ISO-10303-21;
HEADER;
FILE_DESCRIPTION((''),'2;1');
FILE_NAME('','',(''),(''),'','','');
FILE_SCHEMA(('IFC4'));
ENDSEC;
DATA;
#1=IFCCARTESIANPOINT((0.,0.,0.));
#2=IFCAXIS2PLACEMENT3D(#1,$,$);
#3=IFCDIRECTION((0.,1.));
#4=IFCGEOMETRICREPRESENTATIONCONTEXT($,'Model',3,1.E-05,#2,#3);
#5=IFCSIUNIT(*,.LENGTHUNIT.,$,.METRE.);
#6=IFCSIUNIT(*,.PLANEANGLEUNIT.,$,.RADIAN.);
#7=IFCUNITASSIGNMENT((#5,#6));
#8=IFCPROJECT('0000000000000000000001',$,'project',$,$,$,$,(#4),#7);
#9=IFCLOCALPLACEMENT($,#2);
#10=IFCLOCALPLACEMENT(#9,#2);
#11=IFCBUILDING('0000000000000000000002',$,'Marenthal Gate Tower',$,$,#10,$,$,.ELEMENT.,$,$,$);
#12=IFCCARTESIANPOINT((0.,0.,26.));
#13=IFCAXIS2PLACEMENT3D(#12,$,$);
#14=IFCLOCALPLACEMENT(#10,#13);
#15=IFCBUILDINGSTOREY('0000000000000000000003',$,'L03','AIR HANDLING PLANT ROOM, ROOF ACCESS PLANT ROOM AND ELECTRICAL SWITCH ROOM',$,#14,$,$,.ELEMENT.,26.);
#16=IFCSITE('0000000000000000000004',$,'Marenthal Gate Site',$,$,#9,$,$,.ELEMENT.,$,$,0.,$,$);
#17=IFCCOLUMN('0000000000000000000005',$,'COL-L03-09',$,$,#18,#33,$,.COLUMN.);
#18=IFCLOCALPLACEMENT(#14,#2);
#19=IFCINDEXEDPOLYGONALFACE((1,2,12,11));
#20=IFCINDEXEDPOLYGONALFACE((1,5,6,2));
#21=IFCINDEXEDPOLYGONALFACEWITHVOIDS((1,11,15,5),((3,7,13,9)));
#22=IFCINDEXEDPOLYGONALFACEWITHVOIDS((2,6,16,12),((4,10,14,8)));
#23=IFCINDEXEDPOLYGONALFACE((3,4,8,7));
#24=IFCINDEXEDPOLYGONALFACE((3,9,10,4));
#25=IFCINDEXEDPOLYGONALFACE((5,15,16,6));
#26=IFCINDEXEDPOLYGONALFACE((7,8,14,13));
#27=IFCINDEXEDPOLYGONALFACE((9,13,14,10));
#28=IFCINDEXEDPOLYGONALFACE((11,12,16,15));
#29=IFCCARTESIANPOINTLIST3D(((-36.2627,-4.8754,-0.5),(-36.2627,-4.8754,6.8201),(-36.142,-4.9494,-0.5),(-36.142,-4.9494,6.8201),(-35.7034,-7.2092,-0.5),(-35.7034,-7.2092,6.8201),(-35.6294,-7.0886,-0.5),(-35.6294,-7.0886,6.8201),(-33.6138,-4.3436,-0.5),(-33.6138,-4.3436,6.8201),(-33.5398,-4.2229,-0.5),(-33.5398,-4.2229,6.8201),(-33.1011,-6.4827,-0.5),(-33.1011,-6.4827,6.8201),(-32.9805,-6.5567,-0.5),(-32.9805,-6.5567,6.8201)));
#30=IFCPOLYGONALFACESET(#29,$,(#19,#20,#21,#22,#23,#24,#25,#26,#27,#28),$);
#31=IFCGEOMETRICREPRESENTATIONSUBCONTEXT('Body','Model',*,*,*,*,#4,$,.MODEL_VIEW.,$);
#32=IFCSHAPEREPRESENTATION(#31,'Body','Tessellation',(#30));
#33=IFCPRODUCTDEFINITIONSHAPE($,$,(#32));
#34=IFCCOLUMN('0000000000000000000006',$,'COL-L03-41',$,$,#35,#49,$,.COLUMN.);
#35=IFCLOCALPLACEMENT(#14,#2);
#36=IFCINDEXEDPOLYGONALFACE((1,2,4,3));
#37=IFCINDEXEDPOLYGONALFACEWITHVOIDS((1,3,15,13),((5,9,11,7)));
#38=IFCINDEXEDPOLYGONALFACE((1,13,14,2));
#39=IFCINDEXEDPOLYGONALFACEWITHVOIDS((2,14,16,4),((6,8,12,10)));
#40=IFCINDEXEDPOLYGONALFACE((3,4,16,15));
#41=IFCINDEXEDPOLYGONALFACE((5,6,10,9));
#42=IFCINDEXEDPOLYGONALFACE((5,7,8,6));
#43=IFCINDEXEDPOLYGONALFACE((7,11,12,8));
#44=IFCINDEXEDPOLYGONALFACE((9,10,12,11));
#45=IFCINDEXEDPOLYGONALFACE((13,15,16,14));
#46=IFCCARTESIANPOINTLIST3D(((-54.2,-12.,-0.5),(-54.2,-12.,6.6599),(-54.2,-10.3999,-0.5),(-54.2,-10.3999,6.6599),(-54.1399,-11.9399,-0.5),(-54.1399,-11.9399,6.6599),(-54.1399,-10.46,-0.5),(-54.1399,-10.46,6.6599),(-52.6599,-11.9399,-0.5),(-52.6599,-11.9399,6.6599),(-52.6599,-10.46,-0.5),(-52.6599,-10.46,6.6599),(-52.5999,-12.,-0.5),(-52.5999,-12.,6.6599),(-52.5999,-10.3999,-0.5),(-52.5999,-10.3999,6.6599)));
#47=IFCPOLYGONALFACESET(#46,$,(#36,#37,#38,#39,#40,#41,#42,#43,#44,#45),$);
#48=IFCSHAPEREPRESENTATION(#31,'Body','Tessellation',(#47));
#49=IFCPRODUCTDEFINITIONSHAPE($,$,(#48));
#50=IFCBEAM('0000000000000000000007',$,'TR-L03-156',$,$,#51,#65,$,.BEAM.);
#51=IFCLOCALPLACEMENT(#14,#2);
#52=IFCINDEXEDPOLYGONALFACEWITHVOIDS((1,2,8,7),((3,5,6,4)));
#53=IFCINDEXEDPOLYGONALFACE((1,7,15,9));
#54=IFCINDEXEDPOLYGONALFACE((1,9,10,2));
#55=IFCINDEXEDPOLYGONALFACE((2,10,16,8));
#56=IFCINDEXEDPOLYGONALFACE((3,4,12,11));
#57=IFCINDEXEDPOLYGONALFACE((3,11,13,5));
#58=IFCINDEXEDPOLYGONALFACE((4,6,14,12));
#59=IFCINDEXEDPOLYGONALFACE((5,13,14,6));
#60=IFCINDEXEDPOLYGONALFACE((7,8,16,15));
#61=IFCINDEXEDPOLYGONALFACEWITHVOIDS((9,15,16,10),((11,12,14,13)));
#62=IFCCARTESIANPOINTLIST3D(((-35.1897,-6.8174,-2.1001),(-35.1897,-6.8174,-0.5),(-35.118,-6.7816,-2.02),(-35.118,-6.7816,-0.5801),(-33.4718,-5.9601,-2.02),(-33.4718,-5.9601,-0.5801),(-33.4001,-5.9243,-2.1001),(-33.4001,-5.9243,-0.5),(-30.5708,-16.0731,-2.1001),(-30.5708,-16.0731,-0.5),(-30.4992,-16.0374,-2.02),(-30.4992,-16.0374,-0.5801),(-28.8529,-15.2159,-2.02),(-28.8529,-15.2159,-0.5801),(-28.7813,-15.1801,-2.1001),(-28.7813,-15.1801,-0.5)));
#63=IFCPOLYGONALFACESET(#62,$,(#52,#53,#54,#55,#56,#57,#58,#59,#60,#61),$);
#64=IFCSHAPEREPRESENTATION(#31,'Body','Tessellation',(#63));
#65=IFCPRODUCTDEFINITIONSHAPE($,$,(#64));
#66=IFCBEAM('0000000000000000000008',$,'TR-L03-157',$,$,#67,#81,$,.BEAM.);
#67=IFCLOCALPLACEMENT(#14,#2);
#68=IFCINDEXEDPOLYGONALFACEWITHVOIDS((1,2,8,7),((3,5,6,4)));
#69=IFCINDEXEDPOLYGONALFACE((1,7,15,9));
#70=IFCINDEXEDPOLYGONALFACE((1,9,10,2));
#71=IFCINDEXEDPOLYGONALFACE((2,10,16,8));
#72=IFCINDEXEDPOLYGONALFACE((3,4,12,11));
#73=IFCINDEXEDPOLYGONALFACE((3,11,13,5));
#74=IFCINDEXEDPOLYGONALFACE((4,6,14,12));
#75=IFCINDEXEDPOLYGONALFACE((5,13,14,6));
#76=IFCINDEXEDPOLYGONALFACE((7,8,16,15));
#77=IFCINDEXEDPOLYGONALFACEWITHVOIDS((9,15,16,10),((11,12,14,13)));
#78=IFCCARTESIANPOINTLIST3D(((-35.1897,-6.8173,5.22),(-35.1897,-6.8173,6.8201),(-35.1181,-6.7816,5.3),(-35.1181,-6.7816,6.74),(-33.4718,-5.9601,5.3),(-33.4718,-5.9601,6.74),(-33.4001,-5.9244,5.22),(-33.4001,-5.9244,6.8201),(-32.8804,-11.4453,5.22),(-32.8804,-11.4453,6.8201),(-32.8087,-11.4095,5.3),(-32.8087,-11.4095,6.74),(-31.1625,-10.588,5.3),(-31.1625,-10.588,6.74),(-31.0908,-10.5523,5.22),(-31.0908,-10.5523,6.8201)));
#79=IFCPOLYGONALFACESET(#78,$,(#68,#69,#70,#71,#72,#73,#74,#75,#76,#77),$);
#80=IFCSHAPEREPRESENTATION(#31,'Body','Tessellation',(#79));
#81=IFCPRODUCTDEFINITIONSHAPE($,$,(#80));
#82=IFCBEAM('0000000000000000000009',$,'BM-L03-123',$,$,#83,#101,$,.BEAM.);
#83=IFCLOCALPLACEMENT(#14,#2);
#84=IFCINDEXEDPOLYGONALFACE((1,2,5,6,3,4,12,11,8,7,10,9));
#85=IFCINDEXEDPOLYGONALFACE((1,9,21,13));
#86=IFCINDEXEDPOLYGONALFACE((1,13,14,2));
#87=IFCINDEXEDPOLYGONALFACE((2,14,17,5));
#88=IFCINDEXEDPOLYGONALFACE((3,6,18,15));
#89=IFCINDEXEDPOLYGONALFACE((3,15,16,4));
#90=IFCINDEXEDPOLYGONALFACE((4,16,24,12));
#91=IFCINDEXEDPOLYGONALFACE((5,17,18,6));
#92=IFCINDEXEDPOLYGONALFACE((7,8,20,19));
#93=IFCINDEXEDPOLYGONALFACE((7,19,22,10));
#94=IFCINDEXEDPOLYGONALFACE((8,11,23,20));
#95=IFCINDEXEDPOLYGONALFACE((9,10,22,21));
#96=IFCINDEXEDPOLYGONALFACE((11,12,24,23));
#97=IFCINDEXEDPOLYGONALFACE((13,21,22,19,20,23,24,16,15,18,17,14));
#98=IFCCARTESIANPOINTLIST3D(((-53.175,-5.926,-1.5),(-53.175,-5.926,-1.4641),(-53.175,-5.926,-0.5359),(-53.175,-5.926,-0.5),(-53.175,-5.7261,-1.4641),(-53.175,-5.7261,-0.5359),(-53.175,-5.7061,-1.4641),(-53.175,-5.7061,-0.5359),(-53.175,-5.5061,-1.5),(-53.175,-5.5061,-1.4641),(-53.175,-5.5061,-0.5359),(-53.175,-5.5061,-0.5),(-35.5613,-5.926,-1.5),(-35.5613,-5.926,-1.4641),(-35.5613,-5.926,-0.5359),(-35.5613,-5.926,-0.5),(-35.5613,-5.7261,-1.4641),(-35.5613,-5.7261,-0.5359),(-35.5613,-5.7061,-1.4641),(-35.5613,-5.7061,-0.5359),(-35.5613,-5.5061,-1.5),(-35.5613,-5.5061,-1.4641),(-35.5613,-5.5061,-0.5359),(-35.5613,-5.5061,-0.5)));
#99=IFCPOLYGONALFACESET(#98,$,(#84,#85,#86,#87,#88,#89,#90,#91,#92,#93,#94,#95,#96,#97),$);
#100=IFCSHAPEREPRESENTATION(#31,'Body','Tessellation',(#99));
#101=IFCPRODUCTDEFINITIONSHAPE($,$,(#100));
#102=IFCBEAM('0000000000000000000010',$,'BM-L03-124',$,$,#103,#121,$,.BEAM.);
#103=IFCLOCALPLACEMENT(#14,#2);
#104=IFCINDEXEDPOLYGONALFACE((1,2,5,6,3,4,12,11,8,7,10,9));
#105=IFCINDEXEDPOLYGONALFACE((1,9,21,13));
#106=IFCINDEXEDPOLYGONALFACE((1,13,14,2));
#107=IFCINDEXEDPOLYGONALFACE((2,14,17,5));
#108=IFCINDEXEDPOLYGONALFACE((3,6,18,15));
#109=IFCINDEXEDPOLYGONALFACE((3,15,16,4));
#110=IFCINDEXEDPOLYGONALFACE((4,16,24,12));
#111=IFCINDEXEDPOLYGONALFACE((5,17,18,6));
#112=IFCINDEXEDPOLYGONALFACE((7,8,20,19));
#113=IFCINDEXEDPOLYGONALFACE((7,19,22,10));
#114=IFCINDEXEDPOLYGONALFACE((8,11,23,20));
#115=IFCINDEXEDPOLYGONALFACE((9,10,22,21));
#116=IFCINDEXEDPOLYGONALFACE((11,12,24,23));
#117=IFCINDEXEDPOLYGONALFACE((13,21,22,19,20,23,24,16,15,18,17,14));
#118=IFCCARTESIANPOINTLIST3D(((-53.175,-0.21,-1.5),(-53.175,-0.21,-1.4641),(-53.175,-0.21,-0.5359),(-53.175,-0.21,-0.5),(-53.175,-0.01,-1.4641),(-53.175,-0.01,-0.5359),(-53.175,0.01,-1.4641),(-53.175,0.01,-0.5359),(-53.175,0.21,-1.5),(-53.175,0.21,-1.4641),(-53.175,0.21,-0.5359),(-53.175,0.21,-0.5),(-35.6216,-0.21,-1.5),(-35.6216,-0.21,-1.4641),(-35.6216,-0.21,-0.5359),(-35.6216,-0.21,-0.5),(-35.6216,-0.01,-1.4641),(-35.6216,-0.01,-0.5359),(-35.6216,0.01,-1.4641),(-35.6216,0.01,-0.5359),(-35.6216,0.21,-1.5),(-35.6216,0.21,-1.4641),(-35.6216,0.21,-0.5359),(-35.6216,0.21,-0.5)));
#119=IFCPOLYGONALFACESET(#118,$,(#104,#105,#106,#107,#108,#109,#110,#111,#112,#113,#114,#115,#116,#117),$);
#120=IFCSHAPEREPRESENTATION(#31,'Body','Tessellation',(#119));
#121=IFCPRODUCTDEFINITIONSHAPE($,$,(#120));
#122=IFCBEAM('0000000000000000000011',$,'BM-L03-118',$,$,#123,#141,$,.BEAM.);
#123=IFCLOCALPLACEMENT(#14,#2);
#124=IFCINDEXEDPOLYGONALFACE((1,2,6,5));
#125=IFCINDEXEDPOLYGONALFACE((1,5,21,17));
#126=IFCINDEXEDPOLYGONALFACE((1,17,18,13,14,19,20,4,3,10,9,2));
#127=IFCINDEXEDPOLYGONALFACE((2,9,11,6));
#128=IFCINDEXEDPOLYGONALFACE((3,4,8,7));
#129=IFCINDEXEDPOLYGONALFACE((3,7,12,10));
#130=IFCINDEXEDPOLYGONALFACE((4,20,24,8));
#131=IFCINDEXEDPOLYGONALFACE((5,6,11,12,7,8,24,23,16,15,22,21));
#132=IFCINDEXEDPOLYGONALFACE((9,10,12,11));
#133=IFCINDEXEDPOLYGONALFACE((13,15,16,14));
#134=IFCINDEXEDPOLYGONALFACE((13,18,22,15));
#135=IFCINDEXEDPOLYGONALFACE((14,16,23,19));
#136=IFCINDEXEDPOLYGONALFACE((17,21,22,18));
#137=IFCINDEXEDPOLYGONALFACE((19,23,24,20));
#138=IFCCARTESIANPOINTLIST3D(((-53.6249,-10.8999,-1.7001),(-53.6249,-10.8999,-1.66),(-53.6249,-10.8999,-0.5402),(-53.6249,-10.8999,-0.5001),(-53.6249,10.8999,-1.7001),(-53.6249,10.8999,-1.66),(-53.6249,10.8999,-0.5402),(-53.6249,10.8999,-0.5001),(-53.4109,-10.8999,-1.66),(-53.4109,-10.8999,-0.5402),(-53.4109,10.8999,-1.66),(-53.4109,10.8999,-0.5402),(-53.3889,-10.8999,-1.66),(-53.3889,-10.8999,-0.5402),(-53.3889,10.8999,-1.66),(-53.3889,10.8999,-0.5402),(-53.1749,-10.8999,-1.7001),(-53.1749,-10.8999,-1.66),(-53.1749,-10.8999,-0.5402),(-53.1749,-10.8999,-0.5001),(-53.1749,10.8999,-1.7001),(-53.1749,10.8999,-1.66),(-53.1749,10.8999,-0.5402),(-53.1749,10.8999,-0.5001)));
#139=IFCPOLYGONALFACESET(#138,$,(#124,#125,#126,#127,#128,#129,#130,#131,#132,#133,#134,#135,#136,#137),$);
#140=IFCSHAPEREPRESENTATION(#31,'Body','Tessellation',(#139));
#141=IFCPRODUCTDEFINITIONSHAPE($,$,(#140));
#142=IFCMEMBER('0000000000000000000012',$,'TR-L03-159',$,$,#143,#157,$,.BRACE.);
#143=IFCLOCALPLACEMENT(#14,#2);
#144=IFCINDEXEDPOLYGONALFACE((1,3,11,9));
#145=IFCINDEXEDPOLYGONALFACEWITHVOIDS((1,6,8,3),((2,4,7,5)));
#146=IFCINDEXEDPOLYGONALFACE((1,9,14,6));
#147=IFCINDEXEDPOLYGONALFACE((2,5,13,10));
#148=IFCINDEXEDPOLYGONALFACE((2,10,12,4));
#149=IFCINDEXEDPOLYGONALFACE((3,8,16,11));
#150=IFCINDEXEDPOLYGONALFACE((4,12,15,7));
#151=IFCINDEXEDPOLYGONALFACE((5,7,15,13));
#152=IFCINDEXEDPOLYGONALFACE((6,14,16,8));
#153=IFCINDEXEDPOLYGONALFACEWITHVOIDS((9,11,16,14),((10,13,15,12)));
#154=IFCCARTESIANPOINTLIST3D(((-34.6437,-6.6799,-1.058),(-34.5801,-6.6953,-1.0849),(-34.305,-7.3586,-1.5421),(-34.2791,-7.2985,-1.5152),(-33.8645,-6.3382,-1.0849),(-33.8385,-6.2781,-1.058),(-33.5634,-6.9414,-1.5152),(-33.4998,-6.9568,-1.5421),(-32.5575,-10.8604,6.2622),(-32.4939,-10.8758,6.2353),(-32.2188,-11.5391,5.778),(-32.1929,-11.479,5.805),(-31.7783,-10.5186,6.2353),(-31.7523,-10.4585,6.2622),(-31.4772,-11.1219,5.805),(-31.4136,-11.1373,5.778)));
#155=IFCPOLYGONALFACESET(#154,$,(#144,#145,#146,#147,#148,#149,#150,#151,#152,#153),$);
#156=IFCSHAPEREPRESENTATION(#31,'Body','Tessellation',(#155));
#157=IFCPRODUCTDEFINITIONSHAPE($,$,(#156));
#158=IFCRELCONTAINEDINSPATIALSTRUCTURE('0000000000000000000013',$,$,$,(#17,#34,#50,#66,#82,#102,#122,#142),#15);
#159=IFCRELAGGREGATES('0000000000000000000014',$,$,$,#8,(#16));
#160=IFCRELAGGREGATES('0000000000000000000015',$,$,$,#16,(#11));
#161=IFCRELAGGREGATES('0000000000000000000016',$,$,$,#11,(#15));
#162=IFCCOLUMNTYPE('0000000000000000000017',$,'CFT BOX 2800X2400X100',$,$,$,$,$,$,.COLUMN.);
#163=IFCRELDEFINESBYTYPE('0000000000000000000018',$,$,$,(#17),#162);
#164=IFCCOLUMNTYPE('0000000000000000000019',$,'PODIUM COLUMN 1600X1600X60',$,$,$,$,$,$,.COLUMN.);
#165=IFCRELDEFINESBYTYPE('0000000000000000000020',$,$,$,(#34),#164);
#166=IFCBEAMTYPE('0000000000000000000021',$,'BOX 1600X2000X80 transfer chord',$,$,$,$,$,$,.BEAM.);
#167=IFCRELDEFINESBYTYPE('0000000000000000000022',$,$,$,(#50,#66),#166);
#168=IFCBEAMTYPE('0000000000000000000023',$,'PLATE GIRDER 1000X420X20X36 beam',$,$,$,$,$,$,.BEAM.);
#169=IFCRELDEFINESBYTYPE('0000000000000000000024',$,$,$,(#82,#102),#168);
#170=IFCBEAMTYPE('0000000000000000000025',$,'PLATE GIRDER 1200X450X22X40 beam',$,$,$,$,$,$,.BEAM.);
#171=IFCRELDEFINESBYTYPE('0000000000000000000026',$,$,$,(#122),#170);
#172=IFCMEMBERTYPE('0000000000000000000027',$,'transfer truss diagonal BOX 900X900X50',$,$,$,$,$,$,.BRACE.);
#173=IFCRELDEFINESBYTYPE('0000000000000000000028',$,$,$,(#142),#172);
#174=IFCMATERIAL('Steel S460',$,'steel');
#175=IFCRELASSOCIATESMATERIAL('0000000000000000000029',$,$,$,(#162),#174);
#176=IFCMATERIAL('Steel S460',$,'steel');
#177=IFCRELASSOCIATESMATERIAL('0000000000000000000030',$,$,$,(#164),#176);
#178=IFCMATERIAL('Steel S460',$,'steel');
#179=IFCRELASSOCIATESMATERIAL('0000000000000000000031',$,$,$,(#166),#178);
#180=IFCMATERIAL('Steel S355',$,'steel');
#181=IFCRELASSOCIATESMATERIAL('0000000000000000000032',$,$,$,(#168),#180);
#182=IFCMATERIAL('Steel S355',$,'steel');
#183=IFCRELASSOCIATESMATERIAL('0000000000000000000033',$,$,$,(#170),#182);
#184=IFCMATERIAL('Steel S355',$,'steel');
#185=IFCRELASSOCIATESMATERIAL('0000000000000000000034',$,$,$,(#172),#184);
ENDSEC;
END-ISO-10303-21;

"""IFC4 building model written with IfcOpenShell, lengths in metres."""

from ifc_helpers import new_model, si_unit, direction, frame, origin, origin_2d, place, context, subcontext, project, spatial, rectangle, hollow_rectangle, i_section, extrude, material, material_profile, profile_set, type_object, element, save


model = new_model("IFC4")

# Units and contexts
model_context = context("Model", 3, precision=1e-05, world=origin(), true_north=direction((0.0, 1.0)))
body_context = subcontext(model_context, "Body", "Model", "MODEL_VIEW")
ifc_project = project(units=[si_unit("LENGTHUNIT", "METRE"), si_unit("PLANEANGLEUNIT", "RADIAN")], contexts=[model_context])

# Site, building, storey
site_placement = place(None, origin())
site = spatial("IfcSite", under=ifc_project, at=site_placement, Name="Marenthal Gate Site", CompositionType="ELEMENT", RefElevation=0.0)
building_placement = place(site_placement, origin())
building = spatial("IfcBuilding", under=site, at=building_placement, Name="Marenthal Gate Tower", CompositionType="ELEMENT")
storey_placement = place(building_placement, frame((0.0, 0.0, 26.0)))
storey = spatial("IfcBuildingStorey", under=building, at=storey_placement, Name="L03", Description="AIR HANDLING PLANT ROOM, ROOF ACCESS PLANT ROOM AND ELECTRICAL SWITCH ROOM", CompositionType="ELEMENT", Elevation=26.0)

# Columns
ifc_material_1 = material(Name="Steel S460", Category="steel")
ifc_material_profile_1 = material_profile(ifc_material_1, hollow_rectangle(XDim=2.3999, YDim=2.8, WallThickness=0.1001, at=origin_2d()), Name="CFT BOX 2800X2400X100")
ifc_material_2 = material(Name="Concrete 70 MPa", Category="concrete")
ifc_material_profile_2 = material_profile(ifc_material_2, rectangle(XDim=2.2, YDim=2.6001, at=origin_2d()), Name="CFT BOX 2800X2400X100 INFILL")
ifc_profile_set_1 = profile_set([ifc_material_profile_1, ifc_material_profile_2], Name="Steel S460 shell, Concrete 70 MPa infill")
column_type_1 = type_object("IfcColumnType", Name="CFT BOX 2800X2400X100", PredefinedType="COLUMN", material=ifc_profile_set_1)
column_1_placement = place(storey_placement, frame((-34.6216, -5.7161, -0.5), z_axis=(0.0, 0.0, 1.0), x_axis=(-0.233047, 0.972466, 0.0)))
element("IfcColumn", 1, at=column_1_placement, inside=storey, type_object=column_type_1, Name="COL-L03-09", PredefinedType="COLUMN", context=body_context, shape_type="SweptSolid", body=[
    extrude(hollow_rectangle(XDim=2.3999, YDim=2.8, WallThickness=0.1001, at=origin_2d()), origin(), (0.0, 0.0, 1.0), 7.3201),
])
ifc_material_3 = material(Name="Steel S460", Category="steel")
ifc_material_profile_3 = material_profile(ifc_material_3, hollow_rectangle(XDim=1.6001, YDim=1.6001, WallThickness=0.0601, at=origin_2d()), Name="CFT BOX 1600X1600X60")
ifc_material_4 = material(Name="Concrete 70 MPa", Category="concrete")
ifc_material_profile_4 = material_profile(ifc_material_4, rectangle(XDim=1.48, YDim=1.48, at=origin_2d()), Name="CFT BOX 1600X1600X60 INFILL")
ifc_profile_set_2 = profile_set([ifc_material_profile_3, ifc_material_profile_4], Name="Steel S460 shell, Concrete 70 MPa infill")
column_type_2 = type_object("IfcColumnType", Name="PODIUM COLUMN 1600X1600X60", PredefinedType="COLUMN", material=ifc_profile_set_2)
column_2_placement = place(storey_placement, frame((-53.3999, -11.2, -0.5), z_axis=(0.0, 0.0, 1.0), x_axis=(1.0, 0.0, 0.0)))
element("IfcColumn", 2, at=column_2_placement, inside=storey, type_object=column_type_2, Name="COL-L03-41", PredefinedType="COLUMN", context=body_context, shape_type="SweptSolid", body=[
    extrude(hollow_rectangle(XDim=1.6001, YDim=1.6001, WallThickness=0.0601, at=origin_2d()), origin(), (0.0, 0.0, 1.0), 7.1599),
])

# Beams
ifc_material_5 = material(Name="Steel S460", Category="steel")
ifc_material_profile_5 = material_profile(ifc_material_5, hollow_rectangle(XDim=2.0, YDim=1.6001, WallThickness=0.0801, at=origin_2d()), Name="BOX 1600X2000X80")
ifc_profile_set_3 = profile_set([ifc_material_profile_5], Name="Steel S460")
beam_type_1 = type_object("IfcBeamType", Name="BOX 1600X2000X80 transfer chord", PredefinedType="BEAM", material=ifc_profile_set_3)
beam_1_placement = place(storey_placement, frame((-34.2949, -6.3708, -1.3), z_axis=(0.446515, -0.894776, 0.0), x_axis=(0.894776, 0.446515, 0.0)))
element("IfcBeam", 3, at=beam_1_placement, inside=storey, type_object=beam_type_1, Name="TR-L03-156", PredefinedType="BEAM", context=body_context, shape_type="SweptSolid", body=[
    extrude(hollow_rectangle(XDim=2.0, YDim=1.6001, WallThickness=0.0801, at=origin_2d()), origin(), (0.0, 0.0, 1.0), 10.3442),
])
beam_2_placement = place(storey_placement, frame((-34.2949, -6.3708, 6.02), z_axis=(0.446496, -0.894786, 0.0), x_axis=(0.894786, 0.446496, 0.0)))
element("IfcBeam", 4, at=beam_2_placement, inside=storey, type_object=beam_type_1, Name="TR-L03-157", PredefinedType="BEAM", context=body_context, shape_type="SweptSolid", body=[
    extrude(hollow_rectangle(XDim=2.0, YDim=1.6001, WallThickness=0.0801, at=origin_2d()), origin(), (0.0, 0.0, 1.0), 5.1721),
])
ifc_material_6 = material(Name="Steel S355", Category="steel")
ifc_material_profile_6 = material_profile(ifc_material_6, i_section(OverallWidth=0.4199, OverallDepth=1.0, WebThickness=0.02, FlangeThickness=0.0359, at=origin_2d()), Name="PLATE GIRDER 1000X420X20X36")
ifc_profile_set_4 = profile_set([ifc_material_profile_6], Name="Steel S355")
beam_type_2 = type_object("IfcBeamType", Name="PLATE GIRDER 1000X420X20X36 beam", PredefinedType="BEAM", material=ifc_profile_set_4)
beam_3_placement = place(storey_placement, frame((-35.5613, -5.7161, -1.0), z_axis=(-1.0, 0.0, 0.0), x_axis=(0.0, -1.0, 0.0)))
element("IfcBeam", 5, at=beam_3_placement, inside=storey, type_object=beam_type_2, Name="BM-L03-123", PredefinedType="BEAM", context=body_context, shape_type="SweptSolid", body=[
    extrude(i_section(OverallWidth=0.4199, OverallDepth=1.0, WebThickness=0.02, FlangeThickness=0.0359, at=origin_2d()), origin(), (0.0, 0.0, 1.0), 17.6138),
])
beam_4_placement = place(storey_placement, frame((-35.6216, 0.0, -1.0), z_axis=(-1.0, 0.0, 0.0), x_axis=(0.0, -1.0, 0.0)))
element("IfcBeam", 6, at=beam_4_placement, inside=storey, type_object=beam_type_2, Name="BM-L03-124", PredefinedType="BEAM", context=body_context, shape_type="SweptSolid", body=[
    extrude(i_section(OverallWidth=0.4199, OverallDepth=1.0, WebThickness=0.02, FlangeThickness=0.0359, at=origin_2d()), origin(), (0.0, 0.0, 1.0), 17.5535),
])
ifc_material_7 = material(Name="Steel S355", Category="steel")
ifc_material_profile_7 = material_profile(ifc_material_7, i_section(OverallWidth=0.45, OverallDepth=1.2, WebThickness=0.022, FlangeThickness=0.04, at=origin_2d()), Name="PLATE GIRDER 1200X450X22X40")
ifc_profile_set_5 = profile_set([ifc_material_profile_7], Name="Steel S355")
beam_type_3 = type_object("IfcBeamType", Name="PLATE GIRDER 1200X450X22X40 beam", PredefinedType="BEAM", material=ifc_profile_set_5)
beam_5_placement = place(storey_placement, frame((-53.3999, -10.8999, -1.1001), z_axis=(0.0, 1.0, 0.0), x_axis=(-1.0, 0.0, 0.0)))
element("IfcBeam", 7, at=beam_5_placement, inside=storey, type_object=beam_type_3, Name="BM-L03-118", PredefinedType="BEAM", context=body_context, shape_type="SweptSolid", body=[
    extrude(i_section(OverallWidth=0.45, OverallDepth=1.2, WebThickness=0.022, FlangeThickness=0.04, at=origin_2d()), origin(), (0.0, 0.0, 1.0), 21.7998),
])

# Member
ifc_material_8 = material(Name="Steel S355", Category="steel")
ifc_material_profile_8 = material_profile(ifc_material_8, hollow_rectangle(XDim=0.8999, YDim=0.8999, WallThickness=0.05, at=origin_2d()), Name="BOX 900X900X50")
ifc_profile_set_6 = profile_set([ifc_material_profile_8], Name="Steel S355")
member_type = type_object("IfcMemberType", Name="transfer truss diagonal BOX 900X900X50", PredefinedType="BRACE", material=ifc_profile_set_6)
member_placement = place(storey_placement, frame((-34.0718, -6.8184, -1.3), z_axis=(0.240233, -0.481395, 0.84294), x_axis=(0.894772, 0.446524, 0.0)))
element("IfcMember", 8, at=member_placement, inside=storey, type_object=member_type, Name="TR-L03-159", PredefinedType="BRACE", context=body_context, shape_type="SweptSolid", body=[
    extrude(hollow_rectangle(XDim=0.8999, YDim=0.8999, WallThickness=0.05, at=origin_2d()), origin(), (0.0, 0.0, 1.0), 8.6841),
])

save(model, "model.ifc")
